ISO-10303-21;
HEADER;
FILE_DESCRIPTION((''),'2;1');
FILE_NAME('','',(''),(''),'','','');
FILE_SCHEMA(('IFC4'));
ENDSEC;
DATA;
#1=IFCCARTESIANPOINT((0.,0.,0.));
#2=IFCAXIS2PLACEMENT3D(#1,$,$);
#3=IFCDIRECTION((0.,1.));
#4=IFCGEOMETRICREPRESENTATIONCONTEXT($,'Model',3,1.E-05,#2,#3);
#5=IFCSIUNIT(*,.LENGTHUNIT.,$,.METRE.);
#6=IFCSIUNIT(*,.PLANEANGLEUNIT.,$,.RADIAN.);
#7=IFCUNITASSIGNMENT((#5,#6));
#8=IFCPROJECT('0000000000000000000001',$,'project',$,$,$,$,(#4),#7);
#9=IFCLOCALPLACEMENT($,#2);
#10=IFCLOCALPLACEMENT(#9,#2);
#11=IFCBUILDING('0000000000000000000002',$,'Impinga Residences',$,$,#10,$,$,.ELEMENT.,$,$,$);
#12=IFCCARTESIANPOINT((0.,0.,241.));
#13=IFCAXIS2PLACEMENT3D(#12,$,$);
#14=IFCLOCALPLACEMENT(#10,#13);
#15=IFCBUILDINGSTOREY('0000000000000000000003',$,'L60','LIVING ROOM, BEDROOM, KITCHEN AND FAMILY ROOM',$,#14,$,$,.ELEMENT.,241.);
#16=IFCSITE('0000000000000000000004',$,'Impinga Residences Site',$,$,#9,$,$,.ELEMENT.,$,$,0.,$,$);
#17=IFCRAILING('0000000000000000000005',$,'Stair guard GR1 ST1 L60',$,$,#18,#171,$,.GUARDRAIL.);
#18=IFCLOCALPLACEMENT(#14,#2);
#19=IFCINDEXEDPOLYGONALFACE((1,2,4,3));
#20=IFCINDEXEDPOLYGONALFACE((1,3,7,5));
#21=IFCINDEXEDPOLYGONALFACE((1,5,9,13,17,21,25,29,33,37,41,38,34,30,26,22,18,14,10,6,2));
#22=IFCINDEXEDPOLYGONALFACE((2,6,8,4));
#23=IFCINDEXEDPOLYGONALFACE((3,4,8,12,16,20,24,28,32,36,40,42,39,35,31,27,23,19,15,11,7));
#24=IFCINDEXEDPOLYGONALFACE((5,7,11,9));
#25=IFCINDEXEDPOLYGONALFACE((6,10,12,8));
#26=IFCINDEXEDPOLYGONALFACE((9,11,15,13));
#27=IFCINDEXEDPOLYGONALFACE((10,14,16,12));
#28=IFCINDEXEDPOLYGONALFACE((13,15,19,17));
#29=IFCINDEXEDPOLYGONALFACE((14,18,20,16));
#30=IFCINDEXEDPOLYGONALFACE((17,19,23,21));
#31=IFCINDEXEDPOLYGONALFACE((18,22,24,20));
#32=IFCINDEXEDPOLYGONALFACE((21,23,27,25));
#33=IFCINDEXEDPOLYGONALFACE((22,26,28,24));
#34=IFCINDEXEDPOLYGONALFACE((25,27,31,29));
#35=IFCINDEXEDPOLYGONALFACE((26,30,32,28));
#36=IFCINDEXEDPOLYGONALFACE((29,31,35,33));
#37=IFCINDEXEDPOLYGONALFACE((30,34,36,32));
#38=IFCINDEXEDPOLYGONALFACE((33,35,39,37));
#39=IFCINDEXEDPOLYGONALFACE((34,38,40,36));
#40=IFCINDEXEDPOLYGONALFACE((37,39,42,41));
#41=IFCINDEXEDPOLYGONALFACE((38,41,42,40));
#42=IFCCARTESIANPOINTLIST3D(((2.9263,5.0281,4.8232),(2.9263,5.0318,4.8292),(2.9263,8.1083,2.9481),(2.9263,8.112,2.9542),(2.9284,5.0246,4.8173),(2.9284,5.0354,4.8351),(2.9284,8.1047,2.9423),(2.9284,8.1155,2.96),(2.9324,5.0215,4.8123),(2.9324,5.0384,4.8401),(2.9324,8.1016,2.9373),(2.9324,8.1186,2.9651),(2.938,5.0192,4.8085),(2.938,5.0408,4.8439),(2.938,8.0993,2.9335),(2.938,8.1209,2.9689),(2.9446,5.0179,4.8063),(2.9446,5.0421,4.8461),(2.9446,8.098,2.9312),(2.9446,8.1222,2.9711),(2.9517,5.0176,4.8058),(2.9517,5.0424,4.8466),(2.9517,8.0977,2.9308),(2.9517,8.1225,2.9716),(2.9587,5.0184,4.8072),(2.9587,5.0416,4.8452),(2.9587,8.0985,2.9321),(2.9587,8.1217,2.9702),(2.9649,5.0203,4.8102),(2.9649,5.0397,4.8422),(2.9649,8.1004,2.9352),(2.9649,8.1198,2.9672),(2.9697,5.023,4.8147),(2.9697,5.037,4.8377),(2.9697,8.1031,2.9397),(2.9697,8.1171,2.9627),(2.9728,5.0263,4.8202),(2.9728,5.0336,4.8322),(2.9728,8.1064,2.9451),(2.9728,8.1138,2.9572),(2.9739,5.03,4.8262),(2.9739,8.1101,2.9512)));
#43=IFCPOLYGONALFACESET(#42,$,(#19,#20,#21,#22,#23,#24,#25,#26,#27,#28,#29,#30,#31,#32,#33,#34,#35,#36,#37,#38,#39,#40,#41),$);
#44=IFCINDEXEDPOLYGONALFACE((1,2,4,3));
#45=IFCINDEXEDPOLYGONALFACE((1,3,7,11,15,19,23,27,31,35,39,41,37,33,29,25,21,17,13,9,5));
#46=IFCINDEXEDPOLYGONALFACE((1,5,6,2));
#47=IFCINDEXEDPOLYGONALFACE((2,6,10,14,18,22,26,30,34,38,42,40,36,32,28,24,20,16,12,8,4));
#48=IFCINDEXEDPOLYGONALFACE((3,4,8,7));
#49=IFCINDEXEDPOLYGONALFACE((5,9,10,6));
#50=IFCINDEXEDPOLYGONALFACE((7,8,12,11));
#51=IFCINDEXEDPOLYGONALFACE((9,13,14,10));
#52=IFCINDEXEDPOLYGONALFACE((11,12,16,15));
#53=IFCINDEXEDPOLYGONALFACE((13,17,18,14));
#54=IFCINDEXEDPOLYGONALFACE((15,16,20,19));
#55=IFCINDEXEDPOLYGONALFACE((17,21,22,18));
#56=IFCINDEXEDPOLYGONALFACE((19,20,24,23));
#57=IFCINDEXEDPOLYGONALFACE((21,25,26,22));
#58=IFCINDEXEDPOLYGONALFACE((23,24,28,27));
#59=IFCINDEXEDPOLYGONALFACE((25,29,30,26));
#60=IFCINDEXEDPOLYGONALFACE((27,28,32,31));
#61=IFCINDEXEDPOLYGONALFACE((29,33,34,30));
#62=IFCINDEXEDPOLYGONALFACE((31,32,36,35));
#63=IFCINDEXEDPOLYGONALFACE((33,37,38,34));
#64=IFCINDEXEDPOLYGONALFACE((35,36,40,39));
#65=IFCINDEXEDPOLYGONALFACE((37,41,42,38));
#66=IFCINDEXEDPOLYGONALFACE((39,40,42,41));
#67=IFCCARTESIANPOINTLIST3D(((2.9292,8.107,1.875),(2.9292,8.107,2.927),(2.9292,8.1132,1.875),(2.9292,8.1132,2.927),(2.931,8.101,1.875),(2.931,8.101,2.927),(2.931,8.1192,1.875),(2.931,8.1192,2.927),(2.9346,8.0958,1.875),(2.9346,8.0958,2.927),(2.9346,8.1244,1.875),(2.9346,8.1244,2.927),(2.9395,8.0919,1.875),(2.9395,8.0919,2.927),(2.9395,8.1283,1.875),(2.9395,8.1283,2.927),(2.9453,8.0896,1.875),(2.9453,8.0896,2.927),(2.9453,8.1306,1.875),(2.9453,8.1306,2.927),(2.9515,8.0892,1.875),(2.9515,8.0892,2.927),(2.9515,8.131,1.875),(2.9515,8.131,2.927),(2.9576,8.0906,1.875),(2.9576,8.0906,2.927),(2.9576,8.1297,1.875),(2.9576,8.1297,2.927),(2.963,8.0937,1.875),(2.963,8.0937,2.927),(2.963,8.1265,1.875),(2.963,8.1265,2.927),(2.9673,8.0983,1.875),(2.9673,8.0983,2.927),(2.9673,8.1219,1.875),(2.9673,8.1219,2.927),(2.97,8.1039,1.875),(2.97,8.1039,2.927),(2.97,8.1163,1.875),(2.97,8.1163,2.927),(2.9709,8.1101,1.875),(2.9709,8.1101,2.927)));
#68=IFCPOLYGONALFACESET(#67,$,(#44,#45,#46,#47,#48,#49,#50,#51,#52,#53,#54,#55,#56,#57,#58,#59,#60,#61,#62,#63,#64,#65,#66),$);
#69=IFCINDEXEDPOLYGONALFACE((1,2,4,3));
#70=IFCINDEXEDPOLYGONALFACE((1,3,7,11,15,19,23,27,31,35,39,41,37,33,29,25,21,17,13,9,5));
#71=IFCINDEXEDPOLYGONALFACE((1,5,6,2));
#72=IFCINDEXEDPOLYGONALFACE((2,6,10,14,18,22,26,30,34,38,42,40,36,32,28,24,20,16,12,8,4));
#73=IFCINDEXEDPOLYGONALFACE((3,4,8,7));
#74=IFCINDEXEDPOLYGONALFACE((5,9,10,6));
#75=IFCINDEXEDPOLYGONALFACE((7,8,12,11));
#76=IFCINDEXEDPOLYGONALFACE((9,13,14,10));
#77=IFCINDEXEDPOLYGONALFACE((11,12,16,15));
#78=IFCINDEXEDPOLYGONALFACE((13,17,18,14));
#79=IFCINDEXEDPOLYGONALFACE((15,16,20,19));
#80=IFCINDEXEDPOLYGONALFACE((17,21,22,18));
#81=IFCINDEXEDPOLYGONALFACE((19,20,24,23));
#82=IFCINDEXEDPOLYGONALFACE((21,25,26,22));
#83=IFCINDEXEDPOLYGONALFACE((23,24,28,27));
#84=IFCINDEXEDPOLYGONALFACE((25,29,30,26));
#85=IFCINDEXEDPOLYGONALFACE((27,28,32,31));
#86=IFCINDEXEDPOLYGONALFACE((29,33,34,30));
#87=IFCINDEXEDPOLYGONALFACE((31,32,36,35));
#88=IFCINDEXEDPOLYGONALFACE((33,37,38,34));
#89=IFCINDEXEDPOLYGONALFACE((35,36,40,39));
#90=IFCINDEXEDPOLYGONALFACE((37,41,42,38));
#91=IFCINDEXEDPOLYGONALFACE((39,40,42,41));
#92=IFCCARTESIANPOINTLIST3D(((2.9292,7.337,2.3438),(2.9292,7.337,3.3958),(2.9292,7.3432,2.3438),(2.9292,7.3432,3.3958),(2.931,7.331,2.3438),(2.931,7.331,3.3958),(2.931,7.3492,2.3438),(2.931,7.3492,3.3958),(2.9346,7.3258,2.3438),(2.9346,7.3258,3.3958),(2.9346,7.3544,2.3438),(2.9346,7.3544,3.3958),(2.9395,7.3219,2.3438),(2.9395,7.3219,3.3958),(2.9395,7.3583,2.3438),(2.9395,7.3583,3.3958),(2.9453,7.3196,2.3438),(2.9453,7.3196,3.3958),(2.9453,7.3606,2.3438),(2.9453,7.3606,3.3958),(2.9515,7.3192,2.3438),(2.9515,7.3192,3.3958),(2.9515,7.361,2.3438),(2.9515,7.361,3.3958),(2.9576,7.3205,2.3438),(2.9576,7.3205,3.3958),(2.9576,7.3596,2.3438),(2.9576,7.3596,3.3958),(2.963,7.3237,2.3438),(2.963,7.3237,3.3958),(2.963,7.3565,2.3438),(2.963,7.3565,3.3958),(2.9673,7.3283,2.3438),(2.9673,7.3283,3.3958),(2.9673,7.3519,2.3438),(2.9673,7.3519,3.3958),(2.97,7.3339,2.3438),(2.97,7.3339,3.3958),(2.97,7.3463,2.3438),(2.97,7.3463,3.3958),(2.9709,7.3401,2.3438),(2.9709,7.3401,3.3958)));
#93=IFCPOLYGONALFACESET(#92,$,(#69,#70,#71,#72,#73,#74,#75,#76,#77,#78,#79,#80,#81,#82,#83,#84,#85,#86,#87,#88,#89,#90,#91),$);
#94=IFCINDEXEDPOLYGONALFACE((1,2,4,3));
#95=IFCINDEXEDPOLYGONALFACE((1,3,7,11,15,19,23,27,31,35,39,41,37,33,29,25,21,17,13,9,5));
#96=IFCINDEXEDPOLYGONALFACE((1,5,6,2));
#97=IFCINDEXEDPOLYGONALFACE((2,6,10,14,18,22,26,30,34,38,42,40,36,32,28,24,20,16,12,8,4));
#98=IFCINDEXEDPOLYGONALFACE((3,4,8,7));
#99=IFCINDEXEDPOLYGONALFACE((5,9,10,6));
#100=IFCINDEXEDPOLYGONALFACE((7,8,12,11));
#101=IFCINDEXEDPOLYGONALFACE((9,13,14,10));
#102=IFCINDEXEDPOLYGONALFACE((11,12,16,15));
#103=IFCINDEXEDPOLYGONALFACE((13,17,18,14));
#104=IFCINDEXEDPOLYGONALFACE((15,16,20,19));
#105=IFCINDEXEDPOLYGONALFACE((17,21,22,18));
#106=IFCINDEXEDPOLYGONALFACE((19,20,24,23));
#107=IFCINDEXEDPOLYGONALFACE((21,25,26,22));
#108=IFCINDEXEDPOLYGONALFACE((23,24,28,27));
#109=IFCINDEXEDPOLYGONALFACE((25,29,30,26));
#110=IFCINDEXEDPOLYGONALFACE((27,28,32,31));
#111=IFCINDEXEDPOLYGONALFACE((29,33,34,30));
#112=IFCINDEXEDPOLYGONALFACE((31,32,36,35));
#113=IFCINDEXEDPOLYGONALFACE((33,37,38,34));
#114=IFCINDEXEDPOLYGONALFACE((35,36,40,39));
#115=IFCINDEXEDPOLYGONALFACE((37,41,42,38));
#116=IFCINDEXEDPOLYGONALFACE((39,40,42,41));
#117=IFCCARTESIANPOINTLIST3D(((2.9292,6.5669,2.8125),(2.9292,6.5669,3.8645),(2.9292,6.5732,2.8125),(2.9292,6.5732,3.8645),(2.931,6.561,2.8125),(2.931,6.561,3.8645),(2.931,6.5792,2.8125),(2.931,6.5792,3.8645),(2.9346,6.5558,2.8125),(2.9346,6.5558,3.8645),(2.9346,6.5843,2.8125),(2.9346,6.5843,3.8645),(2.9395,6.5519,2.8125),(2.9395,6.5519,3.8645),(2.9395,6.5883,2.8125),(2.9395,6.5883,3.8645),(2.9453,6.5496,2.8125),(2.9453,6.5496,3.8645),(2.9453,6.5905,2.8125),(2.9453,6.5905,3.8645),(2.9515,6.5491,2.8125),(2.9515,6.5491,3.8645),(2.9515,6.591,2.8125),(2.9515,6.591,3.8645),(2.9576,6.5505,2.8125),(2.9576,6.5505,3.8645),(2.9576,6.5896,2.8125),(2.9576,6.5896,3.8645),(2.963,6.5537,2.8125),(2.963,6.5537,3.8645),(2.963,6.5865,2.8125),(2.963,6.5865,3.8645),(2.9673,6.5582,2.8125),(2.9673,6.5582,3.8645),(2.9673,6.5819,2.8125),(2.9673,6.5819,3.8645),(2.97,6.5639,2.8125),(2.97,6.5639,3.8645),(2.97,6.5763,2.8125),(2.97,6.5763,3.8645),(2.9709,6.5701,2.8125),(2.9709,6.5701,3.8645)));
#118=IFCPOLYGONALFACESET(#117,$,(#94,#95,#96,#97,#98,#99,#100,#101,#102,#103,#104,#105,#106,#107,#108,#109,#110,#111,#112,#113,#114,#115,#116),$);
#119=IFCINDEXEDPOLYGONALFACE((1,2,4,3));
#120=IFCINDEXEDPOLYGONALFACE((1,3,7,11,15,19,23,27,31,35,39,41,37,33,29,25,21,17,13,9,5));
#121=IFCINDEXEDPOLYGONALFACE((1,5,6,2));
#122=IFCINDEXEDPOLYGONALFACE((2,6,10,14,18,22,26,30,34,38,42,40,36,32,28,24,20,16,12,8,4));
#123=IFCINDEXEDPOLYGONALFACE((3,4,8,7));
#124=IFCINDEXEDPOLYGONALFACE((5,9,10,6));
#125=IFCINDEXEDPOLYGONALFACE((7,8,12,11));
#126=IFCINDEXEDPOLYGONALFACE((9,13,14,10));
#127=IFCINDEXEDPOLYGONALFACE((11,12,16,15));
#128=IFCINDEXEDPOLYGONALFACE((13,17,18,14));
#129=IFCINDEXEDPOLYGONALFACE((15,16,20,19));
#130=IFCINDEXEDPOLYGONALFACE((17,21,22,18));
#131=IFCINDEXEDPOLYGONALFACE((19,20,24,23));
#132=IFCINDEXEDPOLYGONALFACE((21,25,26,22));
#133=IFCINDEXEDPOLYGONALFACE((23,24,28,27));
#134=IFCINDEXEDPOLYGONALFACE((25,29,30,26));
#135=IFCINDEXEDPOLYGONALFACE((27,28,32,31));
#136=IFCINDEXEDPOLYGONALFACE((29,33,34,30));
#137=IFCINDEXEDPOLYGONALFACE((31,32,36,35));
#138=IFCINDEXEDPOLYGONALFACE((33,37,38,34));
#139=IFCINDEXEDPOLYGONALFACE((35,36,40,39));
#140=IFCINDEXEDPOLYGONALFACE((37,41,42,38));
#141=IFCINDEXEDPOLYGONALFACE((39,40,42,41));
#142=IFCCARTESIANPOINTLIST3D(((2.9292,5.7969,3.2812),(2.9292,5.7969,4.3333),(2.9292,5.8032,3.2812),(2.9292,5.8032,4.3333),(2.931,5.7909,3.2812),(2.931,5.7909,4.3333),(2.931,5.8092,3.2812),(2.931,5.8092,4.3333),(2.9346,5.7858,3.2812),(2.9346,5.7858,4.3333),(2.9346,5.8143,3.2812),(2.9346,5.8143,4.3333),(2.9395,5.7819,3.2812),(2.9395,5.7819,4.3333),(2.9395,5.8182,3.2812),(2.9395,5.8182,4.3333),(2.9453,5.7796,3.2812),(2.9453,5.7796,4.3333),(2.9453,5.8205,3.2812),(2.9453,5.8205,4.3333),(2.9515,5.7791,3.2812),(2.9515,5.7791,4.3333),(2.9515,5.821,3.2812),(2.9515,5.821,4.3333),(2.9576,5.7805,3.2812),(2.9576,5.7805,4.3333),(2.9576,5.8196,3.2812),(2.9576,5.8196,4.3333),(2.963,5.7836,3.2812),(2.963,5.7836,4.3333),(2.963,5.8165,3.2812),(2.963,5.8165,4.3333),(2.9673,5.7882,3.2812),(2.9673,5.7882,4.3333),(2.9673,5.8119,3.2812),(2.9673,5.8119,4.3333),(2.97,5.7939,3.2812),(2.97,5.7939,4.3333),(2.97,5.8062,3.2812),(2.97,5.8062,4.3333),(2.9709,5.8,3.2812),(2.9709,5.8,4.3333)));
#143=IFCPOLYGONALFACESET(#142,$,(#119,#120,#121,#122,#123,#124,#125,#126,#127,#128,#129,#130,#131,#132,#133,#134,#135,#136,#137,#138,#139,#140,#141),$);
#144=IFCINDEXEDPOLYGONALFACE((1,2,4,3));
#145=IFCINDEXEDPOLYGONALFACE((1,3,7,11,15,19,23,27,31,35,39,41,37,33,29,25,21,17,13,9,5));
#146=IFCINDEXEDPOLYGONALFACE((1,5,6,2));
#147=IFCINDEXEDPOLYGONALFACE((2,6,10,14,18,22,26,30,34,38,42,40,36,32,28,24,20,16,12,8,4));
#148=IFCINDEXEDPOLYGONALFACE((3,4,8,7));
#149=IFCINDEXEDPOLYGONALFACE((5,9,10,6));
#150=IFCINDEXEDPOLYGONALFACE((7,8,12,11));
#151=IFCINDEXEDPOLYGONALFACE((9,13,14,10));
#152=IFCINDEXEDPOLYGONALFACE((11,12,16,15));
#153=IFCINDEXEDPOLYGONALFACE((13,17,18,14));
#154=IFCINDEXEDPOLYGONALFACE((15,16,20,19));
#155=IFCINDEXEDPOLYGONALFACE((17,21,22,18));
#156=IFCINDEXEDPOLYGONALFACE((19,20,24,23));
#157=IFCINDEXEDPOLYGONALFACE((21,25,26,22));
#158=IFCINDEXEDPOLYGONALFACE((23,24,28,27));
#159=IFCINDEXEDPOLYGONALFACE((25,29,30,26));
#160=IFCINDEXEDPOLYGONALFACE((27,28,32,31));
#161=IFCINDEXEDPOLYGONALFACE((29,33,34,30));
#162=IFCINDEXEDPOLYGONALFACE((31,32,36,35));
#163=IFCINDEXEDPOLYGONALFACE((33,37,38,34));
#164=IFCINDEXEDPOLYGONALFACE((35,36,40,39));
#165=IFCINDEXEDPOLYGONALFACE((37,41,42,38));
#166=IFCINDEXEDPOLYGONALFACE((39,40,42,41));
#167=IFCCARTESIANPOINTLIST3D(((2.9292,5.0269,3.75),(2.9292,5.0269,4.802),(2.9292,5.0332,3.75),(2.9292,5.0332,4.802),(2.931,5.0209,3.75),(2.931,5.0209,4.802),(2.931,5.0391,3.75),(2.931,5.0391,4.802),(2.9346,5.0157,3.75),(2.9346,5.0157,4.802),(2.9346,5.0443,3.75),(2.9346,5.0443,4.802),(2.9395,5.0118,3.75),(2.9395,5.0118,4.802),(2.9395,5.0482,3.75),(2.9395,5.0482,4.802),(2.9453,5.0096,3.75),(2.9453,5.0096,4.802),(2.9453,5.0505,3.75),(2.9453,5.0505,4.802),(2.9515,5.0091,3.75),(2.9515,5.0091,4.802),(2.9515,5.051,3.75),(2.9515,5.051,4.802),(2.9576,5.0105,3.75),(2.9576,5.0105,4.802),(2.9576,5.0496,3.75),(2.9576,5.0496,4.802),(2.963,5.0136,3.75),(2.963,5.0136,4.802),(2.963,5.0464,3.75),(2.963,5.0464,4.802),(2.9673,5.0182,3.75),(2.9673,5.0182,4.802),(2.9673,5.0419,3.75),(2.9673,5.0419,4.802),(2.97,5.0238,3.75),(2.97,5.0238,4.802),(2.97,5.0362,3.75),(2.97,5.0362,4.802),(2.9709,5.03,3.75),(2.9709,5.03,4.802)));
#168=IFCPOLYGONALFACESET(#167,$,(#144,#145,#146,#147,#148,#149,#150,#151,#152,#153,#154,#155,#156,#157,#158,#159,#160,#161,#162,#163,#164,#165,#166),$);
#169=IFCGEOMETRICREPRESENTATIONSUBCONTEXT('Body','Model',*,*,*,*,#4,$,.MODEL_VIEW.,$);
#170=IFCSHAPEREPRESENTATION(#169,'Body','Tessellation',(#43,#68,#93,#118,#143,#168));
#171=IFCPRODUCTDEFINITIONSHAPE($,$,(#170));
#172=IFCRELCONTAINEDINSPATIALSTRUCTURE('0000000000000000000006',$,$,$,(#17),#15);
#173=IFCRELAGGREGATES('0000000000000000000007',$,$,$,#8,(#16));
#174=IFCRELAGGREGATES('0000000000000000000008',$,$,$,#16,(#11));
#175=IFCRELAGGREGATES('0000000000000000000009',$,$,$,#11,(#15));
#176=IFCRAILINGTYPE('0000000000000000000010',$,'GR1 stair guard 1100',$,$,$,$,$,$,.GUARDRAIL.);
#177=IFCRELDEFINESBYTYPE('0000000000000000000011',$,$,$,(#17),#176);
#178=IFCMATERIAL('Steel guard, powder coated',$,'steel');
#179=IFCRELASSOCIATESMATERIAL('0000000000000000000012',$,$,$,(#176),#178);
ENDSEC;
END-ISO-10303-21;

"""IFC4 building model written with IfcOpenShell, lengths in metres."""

from ifc_helpers import new_model, si_unit, direction, frame, origin, origin_2d, place, context, subcontext, project, spatial, circle, extrude, material, type_object, element, save


model = new_model("IFC4")

# Units and contexts
model_context = context("Model", 3, precision=1e-05, world=origin(), true_north=direction((0.0, 1.0)))
body_context = subcontext(model_context, "Body", "Model", "MODEL_VIEW")
ifc_project = project(units=[si_unit("LENGTHUNIT", "METRE"), si_unit("PLANEANGLEUNIT", "RADIAN")], contexts=[model_context])

# Site, building, storey
site_placement = place(None, origin())
site = spatial("IfcSite", under=ifc_project, at=site_placement, Name="Impinga Residences Site", CompositionType="ELEMENT", RefElevation=0.0)
building_placement = place(site_placement, origin())
building = spatial("IfcBuilding", under=site, at=building_placement, Name="Impinga Residences", CompositionType="ELEMENT")
storey_placement = place(building_placement, frame((0.0, 0.0, 241.0)))
storey = spatial("IfcBuildingStorey", under=building, at=storey_placement, Name="L60", Description="LIVING ROOM, BEDROOM, KITCHEN AND FAMILY ROOM", CompositionType="ELEMENT", Elevation=241.0)

# Railing
ifc_material_1 = material(Name="Steel guard, powder coated", Category="steel")
railing_type_1 = type_object("IfcRailingType", Name="GR1 stair guard 1100", PredefinedType="GUARDRAIL", material=ifc_material_1)
railing_1_placement = place(storey_placement, frame((2.95, 8.1101, 1.875)))
element("IfcRailing", 1, at=railing_1_placement, inside=storey, type_object=railing_type_1, Name="Stair guard GR1 ST1 L60", PredefinedType="GUARDRAIL", context=body_context, shape_type="SweptSolid", body=[
    extrude(circle(Radius=0.0239, at=origin_2d()), frame((0.0, 0.0, 1.0762), z_axis=(0.0, -0.854178, 0.519981), x_axis=(1.0, 0.0, 0.0)), (0.0, 0.0, 1.0), 3.606),
    extrude(circle(Radius=0.021, at=origin_2d()), origin(), (0.0, 0.0, 1.0), 1.052),
    extrude(circle(Radius=0.021, at=origin_2d()), frame((0.0, -0.77, 0.4688)), (0.0, 0.0, 1.0), 1.052),
    extrude(circle(Radius=0.021, at=origin_2d()), frame((0.0, -1.54, 0.9375)), (0.0, 0.0, 1.0), 1.052),
    extrude(circle(Radius=0.021, at=origin_2d()), frame((0.0, -2.3101, 1.4062)), (0.0, 0.0, 1.0), 1.052),
    extrude(circle(Radius=0.021, at=origin_2d()), frame((0.0, -3.0801, 1.875)), (0.0, 0.0, 1.0), 1.052),
])

save(model, "model.ifc")
